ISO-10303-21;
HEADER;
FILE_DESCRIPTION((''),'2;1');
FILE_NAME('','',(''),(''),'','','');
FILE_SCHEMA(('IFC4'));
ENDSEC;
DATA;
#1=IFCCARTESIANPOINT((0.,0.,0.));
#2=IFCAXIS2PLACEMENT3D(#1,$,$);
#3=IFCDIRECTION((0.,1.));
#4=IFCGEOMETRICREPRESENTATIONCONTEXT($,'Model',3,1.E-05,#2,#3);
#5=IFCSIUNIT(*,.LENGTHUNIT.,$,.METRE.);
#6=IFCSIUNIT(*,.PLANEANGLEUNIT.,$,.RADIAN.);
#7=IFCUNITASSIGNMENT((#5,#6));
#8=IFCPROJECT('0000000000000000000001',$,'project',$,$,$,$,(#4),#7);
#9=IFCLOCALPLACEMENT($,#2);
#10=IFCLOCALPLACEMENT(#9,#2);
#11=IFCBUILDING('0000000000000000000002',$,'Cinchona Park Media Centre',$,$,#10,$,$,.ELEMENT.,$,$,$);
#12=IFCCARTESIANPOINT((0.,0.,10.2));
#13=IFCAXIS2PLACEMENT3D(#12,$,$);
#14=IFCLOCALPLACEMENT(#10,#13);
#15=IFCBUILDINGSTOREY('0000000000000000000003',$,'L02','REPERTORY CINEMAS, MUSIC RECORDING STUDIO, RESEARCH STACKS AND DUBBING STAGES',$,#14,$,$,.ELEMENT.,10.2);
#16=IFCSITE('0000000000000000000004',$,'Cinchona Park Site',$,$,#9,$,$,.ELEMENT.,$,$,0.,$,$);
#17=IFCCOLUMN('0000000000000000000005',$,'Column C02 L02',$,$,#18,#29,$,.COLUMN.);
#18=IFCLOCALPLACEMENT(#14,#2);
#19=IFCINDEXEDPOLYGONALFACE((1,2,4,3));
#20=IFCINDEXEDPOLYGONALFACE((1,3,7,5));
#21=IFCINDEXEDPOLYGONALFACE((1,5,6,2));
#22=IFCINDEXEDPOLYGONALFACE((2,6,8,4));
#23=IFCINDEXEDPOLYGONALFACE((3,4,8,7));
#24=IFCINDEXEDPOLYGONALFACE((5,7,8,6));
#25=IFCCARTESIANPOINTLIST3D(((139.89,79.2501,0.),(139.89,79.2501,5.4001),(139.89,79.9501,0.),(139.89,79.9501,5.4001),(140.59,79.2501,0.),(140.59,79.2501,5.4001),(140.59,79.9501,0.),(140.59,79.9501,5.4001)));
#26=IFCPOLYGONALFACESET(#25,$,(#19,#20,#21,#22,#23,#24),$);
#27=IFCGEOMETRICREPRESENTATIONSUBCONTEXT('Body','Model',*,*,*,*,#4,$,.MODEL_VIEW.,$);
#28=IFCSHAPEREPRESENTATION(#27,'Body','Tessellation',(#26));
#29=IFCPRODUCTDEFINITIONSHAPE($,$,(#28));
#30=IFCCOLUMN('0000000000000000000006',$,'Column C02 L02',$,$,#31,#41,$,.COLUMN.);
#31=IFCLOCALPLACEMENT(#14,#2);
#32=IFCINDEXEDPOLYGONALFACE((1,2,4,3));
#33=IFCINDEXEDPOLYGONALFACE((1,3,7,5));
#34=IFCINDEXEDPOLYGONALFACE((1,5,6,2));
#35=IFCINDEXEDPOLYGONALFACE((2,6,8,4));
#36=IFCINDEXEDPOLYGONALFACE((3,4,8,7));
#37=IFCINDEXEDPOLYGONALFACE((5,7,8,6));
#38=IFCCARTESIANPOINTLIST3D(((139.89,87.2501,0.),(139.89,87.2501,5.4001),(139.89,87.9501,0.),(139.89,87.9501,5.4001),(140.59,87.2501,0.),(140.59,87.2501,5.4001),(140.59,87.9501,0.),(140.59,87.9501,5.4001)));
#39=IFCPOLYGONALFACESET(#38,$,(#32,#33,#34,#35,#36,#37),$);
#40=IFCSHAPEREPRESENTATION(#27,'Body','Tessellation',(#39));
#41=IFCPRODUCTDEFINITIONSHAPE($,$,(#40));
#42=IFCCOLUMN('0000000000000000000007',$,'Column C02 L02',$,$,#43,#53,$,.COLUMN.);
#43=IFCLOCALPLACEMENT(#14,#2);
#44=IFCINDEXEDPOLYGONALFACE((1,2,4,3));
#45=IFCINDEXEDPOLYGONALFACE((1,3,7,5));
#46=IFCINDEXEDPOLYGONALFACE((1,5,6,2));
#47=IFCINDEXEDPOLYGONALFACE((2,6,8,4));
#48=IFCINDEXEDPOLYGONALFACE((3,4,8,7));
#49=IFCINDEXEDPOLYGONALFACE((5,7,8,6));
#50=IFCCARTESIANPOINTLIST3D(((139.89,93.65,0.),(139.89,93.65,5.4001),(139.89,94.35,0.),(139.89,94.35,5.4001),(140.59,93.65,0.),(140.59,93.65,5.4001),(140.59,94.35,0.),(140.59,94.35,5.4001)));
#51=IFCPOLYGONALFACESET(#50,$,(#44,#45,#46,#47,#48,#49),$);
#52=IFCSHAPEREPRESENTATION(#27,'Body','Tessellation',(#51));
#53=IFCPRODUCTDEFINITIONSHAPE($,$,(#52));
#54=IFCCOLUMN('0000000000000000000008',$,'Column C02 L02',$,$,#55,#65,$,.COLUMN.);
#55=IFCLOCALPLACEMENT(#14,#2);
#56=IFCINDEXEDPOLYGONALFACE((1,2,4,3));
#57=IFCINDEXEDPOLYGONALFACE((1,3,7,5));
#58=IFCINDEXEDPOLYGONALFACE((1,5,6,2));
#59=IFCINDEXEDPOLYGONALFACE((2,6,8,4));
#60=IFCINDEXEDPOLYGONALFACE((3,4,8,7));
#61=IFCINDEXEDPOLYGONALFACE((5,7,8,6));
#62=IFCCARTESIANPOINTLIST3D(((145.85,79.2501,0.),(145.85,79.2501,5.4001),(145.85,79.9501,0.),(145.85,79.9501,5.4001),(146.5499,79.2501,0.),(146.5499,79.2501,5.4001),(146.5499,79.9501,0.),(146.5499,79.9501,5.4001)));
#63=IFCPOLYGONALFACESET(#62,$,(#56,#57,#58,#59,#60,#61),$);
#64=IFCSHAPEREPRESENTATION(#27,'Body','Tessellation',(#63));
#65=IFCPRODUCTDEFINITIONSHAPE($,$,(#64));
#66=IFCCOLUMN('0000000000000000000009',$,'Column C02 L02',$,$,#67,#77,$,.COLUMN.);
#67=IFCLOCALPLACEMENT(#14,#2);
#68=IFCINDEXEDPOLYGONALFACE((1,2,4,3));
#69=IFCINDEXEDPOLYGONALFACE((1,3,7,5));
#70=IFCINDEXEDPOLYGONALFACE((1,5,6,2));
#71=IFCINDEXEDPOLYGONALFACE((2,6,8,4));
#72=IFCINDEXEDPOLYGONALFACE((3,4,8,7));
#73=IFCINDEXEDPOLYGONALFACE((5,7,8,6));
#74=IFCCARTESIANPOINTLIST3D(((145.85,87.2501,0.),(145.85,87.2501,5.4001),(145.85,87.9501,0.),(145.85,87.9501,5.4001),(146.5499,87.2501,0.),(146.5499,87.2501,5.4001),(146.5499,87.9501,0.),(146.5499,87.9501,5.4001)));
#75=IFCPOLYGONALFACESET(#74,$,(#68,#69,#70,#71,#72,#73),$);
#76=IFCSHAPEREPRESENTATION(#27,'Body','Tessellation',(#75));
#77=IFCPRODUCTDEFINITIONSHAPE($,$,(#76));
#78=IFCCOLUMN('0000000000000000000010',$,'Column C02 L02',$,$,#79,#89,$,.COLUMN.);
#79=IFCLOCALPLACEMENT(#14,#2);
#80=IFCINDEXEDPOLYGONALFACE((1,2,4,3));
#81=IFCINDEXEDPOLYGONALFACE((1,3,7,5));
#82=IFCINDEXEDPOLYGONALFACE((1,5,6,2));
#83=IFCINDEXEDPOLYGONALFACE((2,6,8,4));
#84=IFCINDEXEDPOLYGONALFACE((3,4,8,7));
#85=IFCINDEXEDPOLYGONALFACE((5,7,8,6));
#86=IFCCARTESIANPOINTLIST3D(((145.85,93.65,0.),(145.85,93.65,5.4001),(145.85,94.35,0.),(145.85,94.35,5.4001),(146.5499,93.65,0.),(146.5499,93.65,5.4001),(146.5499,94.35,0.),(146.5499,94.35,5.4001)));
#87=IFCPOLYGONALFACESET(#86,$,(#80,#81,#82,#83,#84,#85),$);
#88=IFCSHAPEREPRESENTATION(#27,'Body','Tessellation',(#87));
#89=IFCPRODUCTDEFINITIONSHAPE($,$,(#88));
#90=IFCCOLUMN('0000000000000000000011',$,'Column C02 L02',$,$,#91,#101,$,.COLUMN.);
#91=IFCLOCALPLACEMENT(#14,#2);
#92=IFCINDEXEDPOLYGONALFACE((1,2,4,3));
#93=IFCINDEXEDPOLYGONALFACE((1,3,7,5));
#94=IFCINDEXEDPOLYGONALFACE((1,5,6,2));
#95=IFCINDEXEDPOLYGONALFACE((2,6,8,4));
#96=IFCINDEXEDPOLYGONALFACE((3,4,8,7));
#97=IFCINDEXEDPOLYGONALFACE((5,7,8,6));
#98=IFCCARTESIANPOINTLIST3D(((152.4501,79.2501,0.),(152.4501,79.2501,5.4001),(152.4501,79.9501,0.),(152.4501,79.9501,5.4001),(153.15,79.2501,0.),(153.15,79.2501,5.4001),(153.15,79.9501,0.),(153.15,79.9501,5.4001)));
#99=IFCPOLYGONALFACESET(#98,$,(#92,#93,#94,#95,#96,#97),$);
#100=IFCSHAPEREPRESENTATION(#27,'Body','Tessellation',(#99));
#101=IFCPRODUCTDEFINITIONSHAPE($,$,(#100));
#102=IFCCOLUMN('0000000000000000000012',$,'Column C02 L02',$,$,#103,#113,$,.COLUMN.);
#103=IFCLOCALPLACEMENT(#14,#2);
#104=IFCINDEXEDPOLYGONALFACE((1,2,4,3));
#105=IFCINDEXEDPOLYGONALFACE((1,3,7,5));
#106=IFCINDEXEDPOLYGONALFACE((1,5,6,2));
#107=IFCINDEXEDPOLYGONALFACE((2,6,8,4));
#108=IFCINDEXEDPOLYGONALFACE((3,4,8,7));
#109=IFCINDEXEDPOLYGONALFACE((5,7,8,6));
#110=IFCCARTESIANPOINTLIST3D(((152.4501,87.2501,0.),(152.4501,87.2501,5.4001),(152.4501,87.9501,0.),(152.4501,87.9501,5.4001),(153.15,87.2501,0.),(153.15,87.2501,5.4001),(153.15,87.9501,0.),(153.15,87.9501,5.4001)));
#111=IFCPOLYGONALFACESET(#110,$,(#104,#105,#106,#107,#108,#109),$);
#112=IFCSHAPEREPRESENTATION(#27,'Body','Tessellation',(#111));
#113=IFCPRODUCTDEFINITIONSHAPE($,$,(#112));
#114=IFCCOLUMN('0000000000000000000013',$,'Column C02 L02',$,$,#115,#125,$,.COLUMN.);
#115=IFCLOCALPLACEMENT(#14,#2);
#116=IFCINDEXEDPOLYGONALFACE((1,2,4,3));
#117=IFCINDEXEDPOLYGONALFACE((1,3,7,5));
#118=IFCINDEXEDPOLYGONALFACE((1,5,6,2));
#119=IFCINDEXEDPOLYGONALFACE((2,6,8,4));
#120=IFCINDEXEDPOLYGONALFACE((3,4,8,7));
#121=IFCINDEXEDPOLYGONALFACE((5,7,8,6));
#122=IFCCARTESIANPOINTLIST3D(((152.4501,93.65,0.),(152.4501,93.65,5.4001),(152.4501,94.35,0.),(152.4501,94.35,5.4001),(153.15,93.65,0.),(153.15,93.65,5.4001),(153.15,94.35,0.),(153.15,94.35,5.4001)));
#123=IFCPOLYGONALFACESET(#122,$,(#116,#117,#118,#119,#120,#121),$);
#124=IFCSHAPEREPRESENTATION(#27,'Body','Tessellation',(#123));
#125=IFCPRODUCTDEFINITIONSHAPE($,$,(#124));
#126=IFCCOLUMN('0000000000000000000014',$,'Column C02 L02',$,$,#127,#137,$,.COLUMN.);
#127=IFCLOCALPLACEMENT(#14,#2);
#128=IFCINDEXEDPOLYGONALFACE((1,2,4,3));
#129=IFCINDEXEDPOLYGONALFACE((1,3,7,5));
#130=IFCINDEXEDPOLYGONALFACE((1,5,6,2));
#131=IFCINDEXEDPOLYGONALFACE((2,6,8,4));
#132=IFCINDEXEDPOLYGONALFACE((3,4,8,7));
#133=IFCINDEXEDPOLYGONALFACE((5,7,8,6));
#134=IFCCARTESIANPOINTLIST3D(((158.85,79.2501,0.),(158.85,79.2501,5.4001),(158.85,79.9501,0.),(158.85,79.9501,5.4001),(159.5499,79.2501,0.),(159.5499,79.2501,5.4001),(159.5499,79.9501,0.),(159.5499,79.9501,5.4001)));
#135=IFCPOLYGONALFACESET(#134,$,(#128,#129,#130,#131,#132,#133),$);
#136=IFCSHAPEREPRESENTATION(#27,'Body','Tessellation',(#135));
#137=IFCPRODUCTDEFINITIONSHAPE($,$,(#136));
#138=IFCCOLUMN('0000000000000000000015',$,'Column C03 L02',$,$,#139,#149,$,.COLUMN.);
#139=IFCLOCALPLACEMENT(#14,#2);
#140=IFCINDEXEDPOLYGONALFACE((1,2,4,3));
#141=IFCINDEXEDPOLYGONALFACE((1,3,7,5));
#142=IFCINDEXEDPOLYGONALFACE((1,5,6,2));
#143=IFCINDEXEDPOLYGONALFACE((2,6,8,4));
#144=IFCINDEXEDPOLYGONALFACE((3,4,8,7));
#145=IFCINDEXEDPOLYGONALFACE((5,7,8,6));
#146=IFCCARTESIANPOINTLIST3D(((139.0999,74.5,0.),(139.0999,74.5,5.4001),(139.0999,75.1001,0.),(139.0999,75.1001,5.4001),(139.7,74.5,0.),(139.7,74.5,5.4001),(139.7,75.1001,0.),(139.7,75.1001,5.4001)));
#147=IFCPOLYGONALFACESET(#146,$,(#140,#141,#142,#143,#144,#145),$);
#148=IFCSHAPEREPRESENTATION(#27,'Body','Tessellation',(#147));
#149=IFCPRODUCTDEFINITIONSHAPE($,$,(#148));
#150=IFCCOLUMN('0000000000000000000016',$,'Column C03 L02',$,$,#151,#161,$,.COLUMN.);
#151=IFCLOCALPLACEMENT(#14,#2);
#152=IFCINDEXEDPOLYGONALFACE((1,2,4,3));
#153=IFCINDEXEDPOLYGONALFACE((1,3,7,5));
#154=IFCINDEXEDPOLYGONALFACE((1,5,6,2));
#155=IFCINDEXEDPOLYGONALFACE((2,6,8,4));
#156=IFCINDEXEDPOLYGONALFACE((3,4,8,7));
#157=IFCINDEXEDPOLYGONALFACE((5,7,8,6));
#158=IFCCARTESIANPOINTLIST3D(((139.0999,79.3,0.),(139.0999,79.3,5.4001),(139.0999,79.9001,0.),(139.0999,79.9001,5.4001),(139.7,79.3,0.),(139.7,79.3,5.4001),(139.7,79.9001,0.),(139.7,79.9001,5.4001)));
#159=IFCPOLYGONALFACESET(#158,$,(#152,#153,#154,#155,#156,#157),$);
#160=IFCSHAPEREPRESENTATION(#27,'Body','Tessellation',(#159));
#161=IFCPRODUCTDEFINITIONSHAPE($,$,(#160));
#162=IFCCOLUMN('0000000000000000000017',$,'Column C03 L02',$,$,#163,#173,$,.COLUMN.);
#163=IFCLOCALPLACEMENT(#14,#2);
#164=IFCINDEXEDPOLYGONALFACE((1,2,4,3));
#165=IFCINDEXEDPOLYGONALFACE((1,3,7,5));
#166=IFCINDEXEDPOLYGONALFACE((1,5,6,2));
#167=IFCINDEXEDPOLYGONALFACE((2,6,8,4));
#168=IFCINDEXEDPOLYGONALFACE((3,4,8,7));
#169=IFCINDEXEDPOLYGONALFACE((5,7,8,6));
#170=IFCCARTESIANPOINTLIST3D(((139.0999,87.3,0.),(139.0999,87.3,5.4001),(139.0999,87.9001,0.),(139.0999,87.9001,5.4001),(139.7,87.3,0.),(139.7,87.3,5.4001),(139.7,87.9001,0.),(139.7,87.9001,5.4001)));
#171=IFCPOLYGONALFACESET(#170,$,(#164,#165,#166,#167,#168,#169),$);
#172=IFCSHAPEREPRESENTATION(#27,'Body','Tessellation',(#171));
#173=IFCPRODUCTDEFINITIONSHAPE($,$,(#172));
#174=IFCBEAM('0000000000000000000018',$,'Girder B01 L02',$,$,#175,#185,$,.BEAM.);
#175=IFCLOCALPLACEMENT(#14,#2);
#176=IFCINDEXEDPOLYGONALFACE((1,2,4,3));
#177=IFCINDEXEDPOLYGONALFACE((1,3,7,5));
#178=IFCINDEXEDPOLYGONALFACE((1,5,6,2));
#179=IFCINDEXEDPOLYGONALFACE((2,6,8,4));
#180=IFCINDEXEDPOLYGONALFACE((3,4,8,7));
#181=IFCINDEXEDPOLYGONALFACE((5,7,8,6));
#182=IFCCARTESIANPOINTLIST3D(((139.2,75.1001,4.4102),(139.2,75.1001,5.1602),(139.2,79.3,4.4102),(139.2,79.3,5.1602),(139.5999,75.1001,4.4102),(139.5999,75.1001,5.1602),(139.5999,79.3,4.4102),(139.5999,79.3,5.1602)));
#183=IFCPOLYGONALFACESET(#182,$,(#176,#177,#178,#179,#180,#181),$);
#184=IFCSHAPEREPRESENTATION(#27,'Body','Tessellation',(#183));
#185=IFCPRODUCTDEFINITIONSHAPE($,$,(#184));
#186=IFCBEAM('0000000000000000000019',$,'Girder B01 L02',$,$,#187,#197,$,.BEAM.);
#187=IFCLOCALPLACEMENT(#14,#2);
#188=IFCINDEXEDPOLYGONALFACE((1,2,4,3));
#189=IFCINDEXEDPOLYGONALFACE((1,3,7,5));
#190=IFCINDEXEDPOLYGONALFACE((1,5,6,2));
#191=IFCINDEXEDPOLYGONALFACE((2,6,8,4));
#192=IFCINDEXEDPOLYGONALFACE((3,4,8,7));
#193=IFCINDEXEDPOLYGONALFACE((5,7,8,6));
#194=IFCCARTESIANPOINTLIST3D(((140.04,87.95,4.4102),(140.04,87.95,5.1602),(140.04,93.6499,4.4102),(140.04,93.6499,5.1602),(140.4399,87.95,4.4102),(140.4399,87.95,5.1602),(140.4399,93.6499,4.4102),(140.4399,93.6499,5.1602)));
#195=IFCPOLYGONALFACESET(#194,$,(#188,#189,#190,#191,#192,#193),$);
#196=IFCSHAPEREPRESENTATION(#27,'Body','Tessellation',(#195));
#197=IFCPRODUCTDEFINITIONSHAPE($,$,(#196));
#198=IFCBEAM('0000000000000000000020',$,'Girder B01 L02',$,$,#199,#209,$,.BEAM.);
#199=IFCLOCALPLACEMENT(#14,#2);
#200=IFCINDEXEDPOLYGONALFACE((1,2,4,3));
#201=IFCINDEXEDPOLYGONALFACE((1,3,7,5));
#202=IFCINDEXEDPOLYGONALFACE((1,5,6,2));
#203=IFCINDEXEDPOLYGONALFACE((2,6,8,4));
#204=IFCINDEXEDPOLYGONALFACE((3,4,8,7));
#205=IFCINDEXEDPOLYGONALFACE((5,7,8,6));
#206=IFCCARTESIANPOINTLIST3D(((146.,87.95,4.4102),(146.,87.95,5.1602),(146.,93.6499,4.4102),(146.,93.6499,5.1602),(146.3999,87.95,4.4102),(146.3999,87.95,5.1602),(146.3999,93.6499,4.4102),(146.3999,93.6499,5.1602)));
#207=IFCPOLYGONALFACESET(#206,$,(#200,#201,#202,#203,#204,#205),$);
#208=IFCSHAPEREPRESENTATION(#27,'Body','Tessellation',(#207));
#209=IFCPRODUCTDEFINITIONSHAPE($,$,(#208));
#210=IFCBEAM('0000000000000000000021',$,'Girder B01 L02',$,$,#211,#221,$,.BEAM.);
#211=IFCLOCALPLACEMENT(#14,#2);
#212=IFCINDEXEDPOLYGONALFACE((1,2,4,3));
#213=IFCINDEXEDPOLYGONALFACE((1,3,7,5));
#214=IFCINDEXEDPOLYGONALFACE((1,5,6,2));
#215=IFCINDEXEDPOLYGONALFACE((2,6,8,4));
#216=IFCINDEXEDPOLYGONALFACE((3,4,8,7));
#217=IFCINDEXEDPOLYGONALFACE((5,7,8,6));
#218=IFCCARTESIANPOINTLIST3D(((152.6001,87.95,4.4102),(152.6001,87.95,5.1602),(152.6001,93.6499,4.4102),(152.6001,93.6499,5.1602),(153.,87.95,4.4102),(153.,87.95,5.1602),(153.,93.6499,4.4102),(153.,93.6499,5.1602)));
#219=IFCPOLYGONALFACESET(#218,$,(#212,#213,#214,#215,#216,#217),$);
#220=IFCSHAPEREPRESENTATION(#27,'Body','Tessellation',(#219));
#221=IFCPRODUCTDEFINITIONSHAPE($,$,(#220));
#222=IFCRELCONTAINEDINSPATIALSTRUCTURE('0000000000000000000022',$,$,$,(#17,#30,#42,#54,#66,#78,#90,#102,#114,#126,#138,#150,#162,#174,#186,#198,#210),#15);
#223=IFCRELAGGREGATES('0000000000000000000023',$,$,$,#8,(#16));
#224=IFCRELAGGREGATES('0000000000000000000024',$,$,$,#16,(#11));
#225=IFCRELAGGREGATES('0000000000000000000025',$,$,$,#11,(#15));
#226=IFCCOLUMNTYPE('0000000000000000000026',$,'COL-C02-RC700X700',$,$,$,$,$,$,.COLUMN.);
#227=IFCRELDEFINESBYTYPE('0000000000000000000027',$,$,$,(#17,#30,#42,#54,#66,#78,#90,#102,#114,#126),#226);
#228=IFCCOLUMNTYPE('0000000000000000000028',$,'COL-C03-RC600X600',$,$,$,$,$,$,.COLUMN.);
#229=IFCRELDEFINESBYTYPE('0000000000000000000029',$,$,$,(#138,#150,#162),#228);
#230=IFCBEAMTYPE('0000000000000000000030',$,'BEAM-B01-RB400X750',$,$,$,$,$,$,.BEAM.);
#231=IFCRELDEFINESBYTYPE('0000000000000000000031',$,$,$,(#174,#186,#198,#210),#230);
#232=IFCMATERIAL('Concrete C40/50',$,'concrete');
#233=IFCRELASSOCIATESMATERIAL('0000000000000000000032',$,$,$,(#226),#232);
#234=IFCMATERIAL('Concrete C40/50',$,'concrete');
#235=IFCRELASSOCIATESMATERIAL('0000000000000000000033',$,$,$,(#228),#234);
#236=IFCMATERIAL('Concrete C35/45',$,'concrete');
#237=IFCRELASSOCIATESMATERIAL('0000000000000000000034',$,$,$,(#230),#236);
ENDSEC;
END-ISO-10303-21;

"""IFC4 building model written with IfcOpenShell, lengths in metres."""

from ifc_helpers import new_model, si_unit, direction, frame, origin, origin_2d, place, context, subcontext, project, spatial, rectangle, extrude, material, material_profile, profile_set, type_object, element, save


model = new_model("IFC4")

# Units and contexts
model_context = context("Model", 3, precision=1e-05, world=origin(), true_north=direction((0.0, 1.0)))
body_context = subcontext(model_context, "Body", "Model", "MODEL_VIEW")
ifc_project = project(units=[si_unit("LENGTHUNIT", "METRE"), si_unit("PLANEANGLEUNIT", "RADIAN")], contexts=[model_context])

# Site, building, storey
site_placement = place(None, origin())
site = spatial("IfcSite", under=ifc_project, at=site_placement, Name="Cinchona Park Site", CompositionType="ELEMENT", RefElevation=0.0)
building_placement = place(site_placement, origin())
building = spatial("IfcBuilding", under=site, at=building_placement, Name="Cinchona Park Media Centre", CompositionType="ELEMENT")
storey_placement = place(building_placement, frame((0.0, 0.0, 10.2)))
storey = spatial("IfcBuildingStorey", under=building, at=storey_placement, Name="L02", Description="REPERTORY CINEMAS, MUSIC RECORDING STUDIO, RESEARCH STACKS AND DUBBING STAGES", CompositionType="ELEMENT", Elevation=10.2)

# Columns
ifc_material_1 = material(Name="Concrete C40/50", Category="concrete")
ifc_material_profile_1 = material_profile(ifc_material_1, rectangle(XDim=0.7, YDim=0.7, at=origin_2d()), Name="RC 700X700")
ifc_profile_set_1 = profile_set([ifc_material_profile_1], Name="Concrete C40/50")
column_type_1 = type_object("IfcColumnType", Name="COL-C02-RC700X700", PredefinedType="COLUMN", material=ifc_profile_set_1)
for number, where, z_axis, x_axis, name in (
    (1, (140.24, 79.6001, 0.0), (0.0, 0.0, 1.0), (1.0, 0.0, 0.0), "Column C02 L02"),
    (2, (140.24, 87.6001, 0.0), (0.0, 0.0, 1.0), (1.0, 0.0, 0.0), "Column C02 L02"),
    (3, (140.24, 94.0, 0.0), (0.0, 0.0, 1.0), (1.0, 0.0, 0.0), "Column C02 L02"),
    (4, (146.2, 79.6001, 0.0), (0.0, 0.0, 1.0), (1.0, 0.0, 0.0), "Column C02 L02"),
    (5, (146.2, 87.6001, 0.0), (0.0, 0.0, 1.0), (1.0, 0.0, 0.0), "Column C02 L02"),
    (6, (146.2, 94.0, 0.0), (0.0, 0.0, 1.0), (1.0, 0.0, 0.0), "Column C02 L02"),
    (7, (152.8, 79.6001, 0.0), (0.0, 0.0, 1.0), (1.0, 0.0, 0.0), "Column C02 L02"),
    (8, (152.8, 87.6001, 0.0), (0.0, 0.0, 1.0), (1.0, 0.0, 0.0), "Column C02 L02"),
    (9, (152.8, 94.0, 0.0), (0.0, 0.0, 1.0), (1.0, 0.0, 0.0), "Column C02 L02"),
    (10, (159.2, 79.6001, 0.0), (0.0, 0.0, 1.0), (1.0, 0.0, 0.0), "Column C02 L02"),
):
    element("IfcColumn", number, at=place(storey_placement, frame(where, z_axis=z_axis, x_axis=x_axis)), inside=storey, type_object=column_type_1, Name=name, PredefinedType="COLUMN", context=body_context, shape_type="SweptSolid", body=[
        extrude(rectangle(XDim=0.7, YDim=0.7, at=origin_2d()), origin(), (0.0, 0.0, 1.0), 5.4001),
    ])
ifc_material_2 = material(Name="Concrete C40/50", Category="concrete")
ifc_material_profile_2 = material_profile(ifc_material_2, rectangle(XDim=0.6001, YDim=0.6001, at=origin_2d()), Name="RC 600X600")
ifc_profile_set_2 = profile_set([ifc_material_profile_2], Name="Concrete C40/50")
column_type_2 = type_object("IfcColumnType", Name="COL-C03-RC600X600", PredefinedType="COLUMN", material=ifc_profile_set_2)
for number, where, z_axis, x_axis, name in (
    (11, (139.3999, 74.8, 0.0), (0.0, 0.0, 1.0), (1.0, 0.0, 0.0), "Column C03 L02"),
    (12, (139.3999, 79.6001, 0.0), (0.0, 0.0, 1.0), (1.0, 0.0, 0.0), "Column C03 L02"),
    (13, (139.3999, 87.6001, 0.0), (0.0, 0.0, 1.0), (1.0, 0.0, 0.0), "Column C03 L02"),
):
    element("IfcColumn", number, at=place(storey_placement, frame(where, z_axis=z_axis, x_axis=x_axis)), inside=storey, type_object=column_type_2, Name=name, PredefinedType="COLUMN", context=body_context, shape_type="SweptSolid", body=[
        extrude(rectangle(XDim=0.6001, YDim=0.6001, at=origin_2d()), origin(), (0.0, 0.0, 1.0), 5.4001),
    ])

# Beams
ifc_material_3 = material(Name="Concrete C35/45", Category="concrete")
ifc_material_profile_3 = material_profile(ifc_material_3, rectangle(XDim=0.3999, YDim=0.75, at=origin_2d()), Name="RB 400X750")
ifc_profile_set_3 = profile_set([ifc_material_profile_3], Name="Concrete C35/45")
beam_type_1 = type_object("IfcBeamType", Name="BEAM-B01-RB400X750", PredefinedType="BEAM", material=ifc_profile_set_3)
beam_1_placement = place(storey_placement, frame((139.3999, 75.1001, 4.7852), z_axis=(0.0, 1.0, 0.0), x_axis=(-1.0, 0.0, 0.0)))
element("IfcBeam", 14, at=beam_1_placement, inside=storey, type_object=beam_type_1, Name="Girder B01 L02", PredefinedType="BEAM", context=body_context, shape_type="SweptSolid", body=[
    extrude(rectangle(XDim=0.3999, YDim=0.75, at=origin_2d()), origin(), (0.0, 0.0, 1.0), 4.2),
])
for number, where, z_axis, x_axis, name in (
    (15, (140.24, 87.95, 4.7852), (0.0, 1.0, 0.0), (-1.0, 0.0, 0.0), "Girder B01 L02"),
    (16, (146.2, 87.95, 4.7852), (0.0, 1.0, 0.0), (-1.0, 0.0, 0.0), "Girder B01 L02"),
    (17, (152.8, 87.95, 4.7852), (0.0, 1.0, 0.0), (-1.0, 0.0, 0.0), "Girder B01 L02"),
):
    element("IfcBeam", number, at=place(storey_placement, frame(where, z_axis=z_axis, x_axis=x_axis)), inside=storey, type_object=beam_type_1, Name=name, PredefinedType="BEAM", context=body_context, shape_type="SweptSolid", body=[
        extrude(rectangle(XDim=0.3999, YDim=0.75, at=origin_2d()), origin(), (0.0, 0.0, 1.0), 5.7),
    ])

save(model, "model.ifc")
